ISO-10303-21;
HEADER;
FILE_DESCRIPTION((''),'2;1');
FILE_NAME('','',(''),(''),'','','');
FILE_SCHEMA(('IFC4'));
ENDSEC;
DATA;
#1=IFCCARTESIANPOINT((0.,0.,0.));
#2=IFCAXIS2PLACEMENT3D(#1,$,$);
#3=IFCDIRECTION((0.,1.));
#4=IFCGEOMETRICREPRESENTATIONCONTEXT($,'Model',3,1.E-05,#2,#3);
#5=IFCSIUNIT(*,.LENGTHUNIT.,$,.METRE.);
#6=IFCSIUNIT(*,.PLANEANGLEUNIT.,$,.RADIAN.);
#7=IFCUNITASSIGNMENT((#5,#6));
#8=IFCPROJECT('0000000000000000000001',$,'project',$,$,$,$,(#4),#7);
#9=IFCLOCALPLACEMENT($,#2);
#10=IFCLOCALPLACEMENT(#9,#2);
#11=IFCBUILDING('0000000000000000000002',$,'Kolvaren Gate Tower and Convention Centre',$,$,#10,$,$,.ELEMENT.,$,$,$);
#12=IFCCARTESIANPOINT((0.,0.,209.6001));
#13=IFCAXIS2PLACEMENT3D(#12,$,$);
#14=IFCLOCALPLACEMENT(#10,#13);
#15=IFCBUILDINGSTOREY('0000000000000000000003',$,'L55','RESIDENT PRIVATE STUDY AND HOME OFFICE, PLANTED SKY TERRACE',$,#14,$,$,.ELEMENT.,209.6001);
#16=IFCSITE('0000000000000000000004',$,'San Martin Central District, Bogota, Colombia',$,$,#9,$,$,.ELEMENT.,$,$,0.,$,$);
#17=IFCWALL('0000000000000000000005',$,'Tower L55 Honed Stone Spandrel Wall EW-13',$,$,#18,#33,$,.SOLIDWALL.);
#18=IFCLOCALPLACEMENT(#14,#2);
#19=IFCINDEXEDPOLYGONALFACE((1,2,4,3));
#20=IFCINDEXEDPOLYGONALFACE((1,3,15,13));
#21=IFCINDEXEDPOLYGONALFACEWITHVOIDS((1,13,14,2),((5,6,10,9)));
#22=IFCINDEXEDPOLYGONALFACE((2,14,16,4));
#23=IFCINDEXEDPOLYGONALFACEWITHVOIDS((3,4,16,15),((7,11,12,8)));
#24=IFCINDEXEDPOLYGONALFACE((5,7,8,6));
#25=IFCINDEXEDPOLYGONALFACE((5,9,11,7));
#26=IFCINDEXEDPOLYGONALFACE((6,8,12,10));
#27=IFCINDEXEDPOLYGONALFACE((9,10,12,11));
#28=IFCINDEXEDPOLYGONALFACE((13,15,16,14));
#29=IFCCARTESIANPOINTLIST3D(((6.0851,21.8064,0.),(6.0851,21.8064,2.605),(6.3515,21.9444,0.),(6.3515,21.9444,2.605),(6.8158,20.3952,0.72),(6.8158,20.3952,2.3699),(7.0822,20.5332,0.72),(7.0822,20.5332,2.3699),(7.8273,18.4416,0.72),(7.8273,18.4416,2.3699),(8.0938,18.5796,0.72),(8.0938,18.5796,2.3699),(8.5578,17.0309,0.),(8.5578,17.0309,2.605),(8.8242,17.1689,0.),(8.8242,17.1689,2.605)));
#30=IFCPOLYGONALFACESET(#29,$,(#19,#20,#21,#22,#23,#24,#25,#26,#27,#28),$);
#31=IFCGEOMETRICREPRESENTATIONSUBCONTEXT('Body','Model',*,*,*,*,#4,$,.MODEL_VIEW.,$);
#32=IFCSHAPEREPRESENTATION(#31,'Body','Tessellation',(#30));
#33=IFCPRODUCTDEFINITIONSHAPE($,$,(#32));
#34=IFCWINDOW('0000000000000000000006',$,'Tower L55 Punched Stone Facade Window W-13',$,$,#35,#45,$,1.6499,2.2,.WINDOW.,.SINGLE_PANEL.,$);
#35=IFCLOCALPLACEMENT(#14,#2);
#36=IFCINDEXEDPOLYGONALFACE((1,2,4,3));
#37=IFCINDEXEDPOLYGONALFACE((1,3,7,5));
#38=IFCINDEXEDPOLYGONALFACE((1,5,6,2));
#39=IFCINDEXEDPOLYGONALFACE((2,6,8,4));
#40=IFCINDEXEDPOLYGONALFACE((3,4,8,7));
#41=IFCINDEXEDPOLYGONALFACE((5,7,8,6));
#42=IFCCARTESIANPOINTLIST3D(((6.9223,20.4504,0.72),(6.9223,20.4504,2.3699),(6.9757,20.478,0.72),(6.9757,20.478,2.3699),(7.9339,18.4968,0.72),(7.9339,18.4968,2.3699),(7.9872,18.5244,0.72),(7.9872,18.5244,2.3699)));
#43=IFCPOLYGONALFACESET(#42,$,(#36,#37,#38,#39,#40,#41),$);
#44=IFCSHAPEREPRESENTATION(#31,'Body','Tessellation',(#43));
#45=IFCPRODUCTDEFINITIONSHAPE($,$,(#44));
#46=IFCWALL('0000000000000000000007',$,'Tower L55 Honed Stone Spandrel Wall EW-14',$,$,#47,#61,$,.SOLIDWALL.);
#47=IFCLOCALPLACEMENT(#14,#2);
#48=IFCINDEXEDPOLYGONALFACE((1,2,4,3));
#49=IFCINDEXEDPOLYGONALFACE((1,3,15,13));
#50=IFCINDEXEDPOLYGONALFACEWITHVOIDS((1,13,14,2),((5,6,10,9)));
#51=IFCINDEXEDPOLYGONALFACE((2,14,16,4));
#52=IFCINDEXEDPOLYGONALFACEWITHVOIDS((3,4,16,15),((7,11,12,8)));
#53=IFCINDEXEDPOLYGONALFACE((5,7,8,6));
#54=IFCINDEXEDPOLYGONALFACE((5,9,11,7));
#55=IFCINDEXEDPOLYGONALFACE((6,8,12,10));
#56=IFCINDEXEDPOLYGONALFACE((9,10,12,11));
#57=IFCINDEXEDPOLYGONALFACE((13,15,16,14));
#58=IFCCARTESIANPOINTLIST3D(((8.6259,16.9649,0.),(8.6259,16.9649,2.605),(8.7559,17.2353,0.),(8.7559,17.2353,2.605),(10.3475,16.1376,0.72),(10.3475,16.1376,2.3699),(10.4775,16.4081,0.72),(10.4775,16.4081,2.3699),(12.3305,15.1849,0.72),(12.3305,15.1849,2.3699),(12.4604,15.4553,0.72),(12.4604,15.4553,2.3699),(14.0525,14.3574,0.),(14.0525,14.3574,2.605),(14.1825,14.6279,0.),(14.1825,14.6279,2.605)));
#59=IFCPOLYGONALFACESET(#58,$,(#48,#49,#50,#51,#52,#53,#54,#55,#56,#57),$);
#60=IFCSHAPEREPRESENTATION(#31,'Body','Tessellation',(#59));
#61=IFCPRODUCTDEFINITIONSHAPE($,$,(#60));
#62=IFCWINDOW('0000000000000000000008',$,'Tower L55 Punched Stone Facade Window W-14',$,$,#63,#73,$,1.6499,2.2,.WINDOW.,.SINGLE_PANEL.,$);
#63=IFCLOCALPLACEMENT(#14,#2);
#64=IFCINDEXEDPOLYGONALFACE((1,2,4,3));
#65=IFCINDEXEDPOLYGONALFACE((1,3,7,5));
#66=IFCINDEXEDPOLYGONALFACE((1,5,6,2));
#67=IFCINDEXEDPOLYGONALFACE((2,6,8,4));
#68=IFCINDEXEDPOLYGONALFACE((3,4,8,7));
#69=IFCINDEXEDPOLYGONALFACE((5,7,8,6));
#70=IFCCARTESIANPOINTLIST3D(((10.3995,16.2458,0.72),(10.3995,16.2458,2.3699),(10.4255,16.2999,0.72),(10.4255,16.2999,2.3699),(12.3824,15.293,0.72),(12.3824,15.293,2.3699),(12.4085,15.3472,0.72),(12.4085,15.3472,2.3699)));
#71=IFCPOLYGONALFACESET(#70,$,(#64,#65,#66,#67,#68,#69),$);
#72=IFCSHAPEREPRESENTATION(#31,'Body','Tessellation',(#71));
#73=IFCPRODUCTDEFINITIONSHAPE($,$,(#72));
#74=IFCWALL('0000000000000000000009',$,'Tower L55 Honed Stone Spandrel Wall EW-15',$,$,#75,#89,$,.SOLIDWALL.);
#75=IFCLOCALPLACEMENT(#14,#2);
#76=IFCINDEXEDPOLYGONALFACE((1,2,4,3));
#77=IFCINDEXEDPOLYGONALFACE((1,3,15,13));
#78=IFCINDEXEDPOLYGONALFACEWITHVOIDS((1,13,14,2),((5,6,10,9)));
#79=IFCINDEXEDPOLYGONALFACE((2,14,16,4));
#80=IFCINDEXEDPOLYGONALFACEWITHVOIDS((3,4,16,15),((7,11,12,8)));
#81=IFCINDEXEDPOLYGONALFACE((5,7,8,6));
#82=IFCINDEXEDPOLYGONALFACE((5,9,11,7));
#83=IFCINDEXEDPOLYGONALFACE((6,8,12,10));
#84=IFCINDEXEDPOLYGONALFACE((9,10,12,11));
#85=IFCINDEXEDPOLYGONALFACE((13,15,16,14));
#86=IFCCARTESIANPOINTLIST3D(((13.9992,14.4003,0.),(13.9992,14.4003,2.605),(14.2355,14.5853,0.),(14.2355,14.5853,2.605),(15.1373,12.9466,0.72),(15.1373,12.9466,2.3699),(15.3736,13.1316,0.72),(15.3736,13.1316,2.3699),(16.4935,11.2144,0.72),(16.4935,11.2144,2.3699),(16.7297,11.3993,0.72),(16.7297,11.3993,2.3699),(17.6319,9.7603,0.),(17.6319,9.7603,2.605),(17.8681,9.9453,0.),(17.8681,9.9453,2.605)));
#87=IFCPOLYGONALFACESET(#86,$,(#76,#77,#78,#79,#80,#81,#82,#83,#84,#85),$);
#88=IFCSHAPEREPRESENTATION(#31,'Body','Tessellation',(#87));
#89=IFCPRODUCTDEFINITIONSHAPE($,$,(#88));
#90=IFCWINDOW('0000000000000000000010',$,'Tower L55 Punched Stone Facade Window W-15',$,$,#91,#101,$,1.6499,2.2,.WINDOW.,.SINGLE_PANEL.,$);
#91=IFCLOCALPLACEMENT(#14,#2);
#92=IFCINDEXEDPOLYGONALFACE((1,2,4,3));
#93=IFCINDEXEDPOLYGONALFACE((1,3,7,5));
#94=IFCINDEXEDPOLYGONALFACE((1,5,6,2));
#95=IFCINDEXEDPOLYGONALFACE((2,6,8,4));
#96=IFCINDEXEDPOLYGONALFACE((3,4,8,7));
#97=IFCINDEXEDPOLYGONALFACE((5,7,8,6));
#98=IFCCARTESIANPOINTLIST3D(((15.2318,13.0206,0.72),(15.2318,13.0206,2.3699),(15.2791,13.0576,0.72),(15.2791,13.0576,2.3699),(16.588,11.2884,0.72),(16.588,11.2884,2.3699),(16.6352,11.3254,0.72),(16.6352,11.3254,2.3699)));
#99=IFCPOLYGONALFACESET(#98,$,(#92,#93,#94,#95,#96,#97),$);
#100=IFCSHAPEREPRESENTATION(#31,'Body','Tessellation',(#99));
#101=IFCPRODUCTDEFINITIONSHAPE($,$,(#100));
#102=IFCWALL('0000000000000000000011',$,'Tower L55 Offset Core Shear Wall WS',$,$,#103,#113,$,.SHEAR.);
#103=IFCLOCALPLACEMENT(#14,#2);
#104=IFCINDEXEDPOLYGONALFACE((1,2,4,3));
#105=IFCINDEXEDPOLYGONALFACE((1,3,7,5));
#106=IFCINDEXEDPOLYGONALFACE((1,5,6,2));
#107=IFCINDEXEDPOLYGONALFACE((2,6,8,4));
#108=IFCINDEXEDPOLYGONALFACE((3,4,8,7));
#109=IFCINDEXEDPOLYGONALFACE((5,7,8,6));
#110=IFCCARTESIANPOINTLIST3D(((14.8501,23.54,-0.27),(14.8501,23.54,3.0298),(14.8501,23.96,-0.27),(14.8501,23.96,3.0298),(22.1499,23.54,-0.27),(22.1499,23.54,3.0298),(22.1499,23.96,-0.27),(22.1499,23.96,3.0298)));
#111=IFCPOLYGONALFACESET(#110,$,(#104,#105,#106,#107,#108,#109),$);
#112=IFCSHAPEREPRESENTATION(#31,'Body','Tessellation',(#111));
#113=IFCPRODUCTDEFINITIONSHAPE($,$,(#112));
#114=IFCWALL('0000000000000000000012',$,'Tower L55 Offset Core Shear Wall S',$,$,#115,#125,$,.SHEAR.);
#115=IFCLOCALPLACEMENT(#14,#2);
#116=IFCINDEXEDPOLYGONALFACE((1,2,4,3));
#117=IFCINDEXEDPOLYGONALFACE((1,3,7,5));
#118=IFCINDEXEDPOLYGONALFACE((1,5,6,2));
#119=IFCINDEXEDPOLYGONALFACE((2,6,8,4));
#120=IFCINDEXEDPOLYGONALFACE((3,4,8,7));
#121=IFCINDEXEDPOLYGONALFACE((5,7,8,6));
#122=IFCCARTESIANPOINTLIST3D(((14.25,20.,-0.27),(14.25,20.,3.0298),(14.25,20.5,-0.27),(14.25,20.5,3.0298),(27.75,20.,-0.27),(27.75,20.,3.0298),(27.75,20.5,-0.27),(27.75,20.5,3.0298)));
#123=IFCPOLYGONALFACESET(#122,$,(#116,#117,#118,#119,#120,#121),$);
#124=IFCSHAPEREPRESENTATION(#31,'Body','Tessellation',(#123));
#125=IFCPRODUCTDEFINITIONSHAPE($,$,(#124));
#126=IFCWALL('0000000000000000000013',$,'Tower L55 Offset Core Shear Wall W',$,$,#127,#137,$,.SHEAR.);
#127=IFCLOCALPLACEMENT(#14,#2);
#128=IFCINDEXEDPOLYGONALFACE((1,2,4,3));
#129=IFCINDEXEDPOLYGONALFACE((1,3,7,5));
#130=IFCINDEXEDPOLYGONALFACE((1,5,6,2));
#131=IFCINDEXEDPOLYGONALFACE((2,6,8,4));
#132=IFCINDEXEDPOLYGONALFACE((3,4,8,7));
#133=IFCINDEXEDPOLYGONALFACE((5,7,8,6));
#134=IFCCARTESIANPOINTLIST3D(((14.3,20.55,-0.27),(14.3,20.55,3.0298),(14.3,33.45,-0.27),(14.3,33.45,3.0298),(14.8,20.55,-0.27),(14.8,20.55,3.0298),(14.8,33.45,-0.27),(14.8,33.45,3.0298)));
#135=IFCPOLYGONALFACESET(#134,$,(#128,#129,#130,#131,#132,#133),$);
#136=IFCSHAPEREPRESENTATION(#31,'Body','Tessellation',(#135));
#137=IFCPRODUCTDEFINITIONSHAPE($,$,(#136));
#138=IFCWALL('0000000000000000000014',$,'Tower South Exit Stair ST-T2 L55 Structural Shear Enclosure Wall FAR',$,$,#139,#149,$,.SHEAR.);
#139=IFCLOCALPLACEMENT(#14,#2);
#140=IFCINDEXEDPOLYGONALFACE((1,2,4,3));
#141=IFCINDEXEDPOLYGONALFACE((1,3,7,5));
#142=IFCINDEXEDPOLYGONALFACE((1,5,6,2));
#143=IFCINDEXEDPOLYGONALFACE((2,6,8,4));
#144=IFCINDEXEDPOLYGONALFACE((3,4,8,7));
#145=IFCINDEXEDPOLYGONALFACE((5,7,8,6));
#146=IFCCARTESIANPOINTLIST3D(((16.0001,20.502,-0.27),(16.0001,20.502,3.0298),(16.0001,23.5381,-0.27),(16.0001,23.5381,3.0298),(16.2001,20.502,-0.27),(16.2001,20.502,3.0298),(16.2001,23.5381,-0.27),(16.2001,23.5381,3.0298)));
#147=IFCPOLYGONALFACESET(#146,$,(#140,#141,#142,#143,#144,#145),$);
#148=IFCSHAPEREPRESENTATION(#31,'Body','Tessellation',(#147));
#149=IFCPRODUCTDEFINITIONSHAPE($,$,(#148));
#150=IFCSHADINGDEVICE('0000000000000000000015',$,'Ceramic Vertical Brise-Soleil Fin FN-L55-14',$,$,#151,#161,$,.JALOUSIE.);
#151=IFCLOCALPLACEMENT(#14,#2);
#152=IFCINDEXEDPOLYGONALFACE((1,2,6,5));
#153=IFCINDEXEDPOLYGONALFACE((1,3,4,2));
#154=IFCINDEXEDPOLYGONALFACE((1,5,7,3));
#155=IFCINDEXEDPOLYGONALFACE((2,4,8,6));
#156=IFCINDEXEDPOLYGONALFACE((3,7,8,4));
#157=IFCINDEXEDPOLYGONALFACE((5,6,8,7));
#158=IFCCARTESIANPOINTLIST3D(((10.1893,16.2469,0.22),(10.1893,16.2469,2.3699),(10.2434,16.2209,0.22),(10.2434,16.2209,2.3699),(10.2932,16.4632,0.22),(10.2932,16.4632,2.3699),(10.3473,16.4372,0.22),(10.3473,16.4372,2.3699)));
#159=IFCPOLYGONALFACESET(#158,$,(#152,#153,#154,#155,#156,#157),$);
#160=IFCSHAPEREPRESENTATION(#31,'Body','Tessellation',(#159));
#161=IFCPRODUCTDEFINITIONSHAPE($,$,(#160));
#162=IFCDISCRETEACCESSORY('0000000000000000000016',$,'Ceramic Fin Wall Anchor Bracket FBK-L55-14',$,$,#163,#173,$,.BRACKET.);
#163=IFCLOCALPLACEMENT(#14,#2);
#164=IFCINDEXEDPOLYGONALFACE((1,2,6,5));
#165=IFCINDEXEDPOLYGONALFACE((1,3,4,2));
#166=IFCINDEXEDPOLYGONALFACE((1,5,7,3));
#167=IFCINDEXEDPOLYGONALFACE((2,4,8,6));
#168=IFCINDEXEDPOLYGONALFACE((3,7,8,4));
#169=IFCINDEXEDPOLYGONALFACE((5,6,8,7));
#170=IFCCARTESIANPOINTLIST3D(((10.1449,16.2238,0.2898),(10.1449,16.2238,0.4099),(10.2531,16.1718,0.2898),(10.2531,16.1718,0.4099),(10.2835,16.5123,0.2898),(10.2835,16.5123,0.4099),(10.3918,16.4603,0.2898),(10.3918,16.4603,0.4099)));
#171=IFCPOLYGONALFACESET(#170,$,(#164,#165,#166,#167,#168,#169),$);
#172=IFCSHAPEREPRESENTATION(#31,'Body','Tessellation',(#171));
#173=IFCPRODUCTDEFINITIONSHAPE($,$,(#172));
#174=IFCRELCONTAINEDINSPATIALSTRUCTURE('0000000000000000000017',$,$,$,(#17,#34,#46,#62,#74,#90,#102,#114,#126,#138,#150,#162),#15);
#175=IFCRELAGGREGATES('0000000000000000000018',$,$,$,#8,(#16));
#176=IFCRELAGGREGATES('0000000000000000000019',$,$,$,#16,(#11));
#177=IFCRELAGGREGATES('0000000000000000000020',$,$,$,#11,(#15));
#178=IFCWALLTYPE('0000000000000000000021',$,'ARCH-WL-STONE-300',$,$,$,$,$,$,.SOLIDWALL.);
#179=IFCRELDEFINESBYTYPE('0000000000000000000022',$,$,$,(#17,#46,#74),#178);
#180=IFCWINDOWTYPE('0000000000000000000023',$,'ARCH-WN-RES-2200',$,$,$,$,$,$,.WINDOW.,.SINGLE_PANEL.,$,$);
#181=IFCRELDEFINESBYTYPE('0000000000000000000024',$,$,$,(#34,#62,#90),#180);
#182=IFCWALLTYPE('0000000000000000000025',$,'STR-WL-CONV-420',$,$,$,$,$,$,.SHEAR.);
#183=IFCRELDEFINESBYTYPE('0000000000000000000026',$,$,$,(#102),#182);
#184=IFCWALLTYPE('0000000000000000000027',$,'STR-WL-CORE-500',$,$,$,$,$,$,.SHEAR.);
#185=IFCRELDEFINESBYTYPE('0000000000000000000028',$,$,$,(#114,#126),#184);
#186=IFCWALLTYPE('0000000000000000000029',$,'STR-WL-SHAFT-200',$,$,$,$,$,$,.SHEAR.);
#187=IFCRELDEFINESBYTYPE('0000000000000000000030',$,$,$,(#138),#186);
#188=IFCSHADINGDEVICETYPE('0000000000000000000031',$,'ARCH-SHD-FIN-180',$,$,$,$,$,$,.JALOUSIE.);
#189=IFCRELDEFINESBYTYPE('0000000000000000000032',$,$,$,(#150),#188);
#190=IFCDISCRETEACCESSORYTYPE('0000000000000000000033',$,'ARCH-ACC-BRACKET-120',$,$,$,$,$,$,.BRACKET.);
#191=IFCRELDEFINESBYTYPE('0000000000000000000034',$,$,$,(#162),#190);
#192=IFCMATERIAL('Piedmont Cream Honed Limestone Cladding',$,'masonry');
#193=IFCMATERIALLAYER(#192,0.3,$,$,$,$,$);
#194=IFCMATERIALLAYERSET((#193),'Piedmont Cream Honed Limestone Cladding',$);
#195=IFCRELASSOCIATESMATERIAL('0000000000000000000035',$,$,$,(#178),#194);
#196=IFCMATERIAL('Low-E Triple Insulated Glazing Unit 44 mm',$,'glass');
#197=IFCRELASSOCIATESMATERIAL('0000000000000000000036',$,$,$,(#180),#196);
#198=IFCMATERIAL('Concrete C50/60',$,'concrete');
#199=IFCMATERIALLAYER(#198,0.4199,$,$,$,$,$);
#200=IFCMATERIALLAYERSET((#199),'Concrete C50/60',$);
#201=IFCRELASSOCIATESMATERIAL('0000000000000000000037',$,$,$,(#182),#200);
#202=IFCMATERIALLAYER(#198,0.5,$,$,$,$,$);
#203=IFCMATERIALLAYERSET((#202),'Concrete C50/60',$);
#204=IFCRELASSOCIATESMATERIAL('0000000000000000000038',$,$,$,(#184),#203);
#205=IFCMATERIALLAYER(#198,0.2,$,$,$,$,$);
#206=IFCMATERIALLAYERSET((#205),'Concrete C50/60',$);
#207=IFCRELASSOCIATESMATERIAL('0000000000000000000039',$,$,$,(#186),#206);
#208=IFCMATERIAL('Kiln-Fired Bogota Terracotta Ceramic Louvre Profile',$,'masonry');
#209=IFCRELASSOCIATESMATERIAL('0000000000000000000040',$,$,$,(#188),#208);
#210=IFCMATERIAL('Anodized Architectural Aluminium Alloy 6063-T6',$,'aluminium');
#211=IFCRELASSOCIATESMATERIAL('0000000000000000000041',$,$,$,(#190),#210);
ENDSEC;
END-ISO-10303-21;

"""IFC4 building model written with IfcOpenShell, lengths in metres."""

from ifc_helpers import new_model, si_unit, direction, frame, frame_2d, origin, origin_2d, place, context, subcontext, project, spatial, rectangle, extrude, material, layer, layer_set, type_object, element, fill, save


model = new_model("IFC4")

# Units and contexts
model_context = context("Model", 3, precision=1e-05, world=origin(), true_north=direction((0.0, 1.0)))
body_context = subcontext(model_context, "Body", "Model", "MODEL_VIEW")
ifc_project = project(units=[si_unit("LENGTHUNIT", "METRE"), si_unit("PLANEANGLEUNIT", "RADIAN")], contexts=[model_context])

# Site, building, storey
site_placement = place(None, origin())
site = spatial("IfcSite", under=ifc_project, at=site_placement, Name="San Martin Central District, Bogota, Colombia", CompositionType="ELEMENT", RefElevation=0.0)
building_placement = place(site_placement, origin())
building = spatial("IfcBuilding", under=site, at=building_placement, Name="Kolvaren Gate Tower and Convention Centre", CompositionType="ELEMENT")
storey_placement = place(building_placement, frame((0.0, 0.0, 209.6001)))
storey = spatial("IfcBuildingStorey", under=building, at=storey_placement, Name="L55", Description="RESIDENT PRIVATE STUDY AND HOME OFFICE, PLANTED SKY TERRACE", CompositionType="ELEMENT", Elevation=209.6001)

# Walls, openings, windows
ifc_material_1 = material(Name="Piedmont Cream Honed Limestone Cladding", Category="masonry")
ifc_layer_1 = layer(ifc_material_1, 0.3)
ifc_layer_set_1 = layer_set([ifc_layer_1], Name="Piedmont Cream Honed Limestone Cladding")
wall_type_1 = type_object("IfcWallType", Name="ARCH-WL-STONE-300", PredefinedType="SOLIDWALL", material=ifc_layer_set_1)
wall_1_placement = place(storey_placement, frame((6.2183, 21.8755, 0.0), z_axis=(0.0, 0.0, 1.0), x_axis=(0.459808, -0.888018, 0.0)))
wall_1 = element("IfcWall", 1, at=wall_1_placement, inside=storey, type_object=wall_type_1, Name="Tower L55 Honed Stone Spandrel Wall EW-13", PredefinedType="SOLIDWALL", context=body_context, shape_type="SweptSolid", body=[
    extrude(rectangle(XDim=5.3777, YDim=0.3, at=frame_2d((2.689, 0.0))), origin(), (0.0, 0.0, 1.0), 2.605),
])
opening_1_placement = place(wall_1_placement, frame((1.5891, 0.0, 0.72)))
opening_1 = element("IfcOpeningElement", 2, at=opening_1_placement, cuts=wall_1, PredefinedType="OPENING", context=body_context, shape_type="SweptSolid", body=[
    extrude(rectangle(XDim=2.2, YDim=1.6499, at=frame_2d((1.1001, 0.825))), frame((0.0, 0.1599, 0.0), z_axis=(0.0, -1.0, 0.0), x_axis=(1.0, 0.0, 0.0)), (0.0, 0.0, 1.0), 0.3201),
])
ifc_material_2 = material(Name="Low-E Triple Insulated Glazing Unit 44 mm", Category="glass")
window_type = type_object("IfcWindowType", Name="ARCH-WN-RES-2200", PartitioningType="SINGLE_PANEL", PredefinedType="WINDOW", material=ifc_material_2)
window_1_placement = place(opening_1_placement, origin())
window_1 = element("IfcWindow", 3, at=window_1_placement, inside=storey, type_object=window_type, Name="Tower L55 Punched Stone Facade Window W-13", OverallHeight=1.6499, OverallWidth=2.2, PartitioningType="SINGLE_PANEL", PredefinedType="WINDOW", context=body_context, shape_type="SweptSolid", body=[
    extrude(rectangle(XDim=2.2, YDim=1.6499, at=frame_2d((1.1001, 0.825))), frame((0.0, 0.03, 0.0), z_axis=(0.0, -1.0, 0.0), x_axis=(1.0, 0.0, 0.0)), (0.0, 0.0, 1.0), 0.0601),
])
fill(opening_1, window_1)
wall_2_placement = place(storey_placement, frame((8.6909, 17.1001, 0.0), z_axis=(0.0, 0.0, 1.0), x_axis=(0.901348, -0.433095, 0.0)))
wall_2 = element("IfcWall", 4, at=wall_2_placement, inside=storey, type_object=wall_type_1, Name="Tower L55 Honed Stone Spandrel Wall EW-14", PredefinedType="SOLIDWALL", context=body_context, shape_type="SweptSolid", body=[
    extrude(rectangle(XDim=6.0205, YDim=0.3, at=frame_2d((3.0103, 0.0))), origin(), (0.0, 0.0, 1.0), 2.605),
])
opening_2_placement = place(wall_2_placement, frame((1.9099, 0.0, 0.72)))
opening_2 = element("IfcOpeningElement", 5, at=opening_2_placement, cuts=wall_2, PredefinedType="OPENING", context=body_context, shape_type="SweptSolid", body=[
    extrude(rectangle(XDim=2.2, YDim=1.6499, at=frame_2d((1.1001, 0.825))), frame((0.0, 0.1599, 0.0), z_axis=(0.0, -1.0, 0.0), x_axis=(1.0, 0.0, 0.0)), (0.0, 0.0, 1.0), 0.3201),
])
window_2_placement = place(opening_2_placement, origin())
window_2 = element("IfcWindow", 6, at=window_2_placement, inside=storey, type_object=window_type, Name="Tower L55 Punched Stone Facade Window W-14", OverallHeight=1.6499, OverallWidth=2.2, PartitioningType="SINGLE_PANEL", PredefinedType="WINDOW", context=body_context, shape_type="SweptSolid", body=[
    extrude(rectangle(XDim=2.2, YDim=1.6499, at=frame_2d((1.1001, 0.825))), frame((0.0, 0.03, 0.0), z_axis=(0.0, -1.0, 0.0), x_axis=(1.0, 0.0, 0.0)), (0.0, 0.0, 1.0), 0.0601),
])
fill(opening_2, window_2)
wall_3_placement = place(storey_placement, frame((14.1174, 14.4927, 0.0), z_axis=(0.0, 0.0, 1.0), x_axis=(0.61645, -0.787394, 0.0)))
wall_3 = element("IfcWall", 7, at=wall_3_placement, inside=storey, type_object=wall_type_1, Name="Tower L55 Honed Stone Spandrel Wall EW-15", PredefinedType="SOLIDWALL", context=body_context, shape_type="SweptSolid", body=[
    extrude(rectangle(XDim=5.8928, YDim=0.3, at=frame_2d((2.9463, 0.0))), origin(), (0.0, 0.0, 1.0), 2.605),
])
opening_3_placement = place(wall_3_placement, frame((1.8459, 0.0, 0.72)))
opening_3 = element("IfcOpeningElement", 8, at=opening_3_placement, cuts=wall_3, PredefinedType="OPENING", context=body_context, shape_type="SweptSolid", body=[
    extrude(rectangle(XDim=2.2, YDim=1.6499, at=frame_2d((1.1001, 0.825))), frame((0.0, 0.1599, 0.0), z_axis=(0.0, -1.0, 0.0), x_axis=(1.0, 0.0, 0.0)), (0.0, 0.0, 1.0), 0.3201),
])
window_3_placement = place(opening_3_placement, origin())
window_3 = element("IfcWindow", 9, at=window_3_placement, inside=storey, type_object=window_type, Name="Tower L55 Punched Stone Facade Window W-15", OverallHeight=1.6499, OverallWidth=2.2, PartitioningType="SINGLE_PANEL", PredefinedType="WINDOW", context=body_context, shape_type="SweptSolid", body=[
    extrude(rectangle(XDim=2.2, YDim=1.6499, at=frame_2d((1.1001, 0.825))), frame((0.0, 0.03, 0.0), z_axis=(0.0, -1.0, 0.0), x_axis=(1.0, 0.0, 0.0)), (0.0, 0.0, 1.0), 0.0601),
])
fill(opening_3, window_3)

# Walls
ifc_material_3 = material(Name="Concrete C50/60", Category="concrete")
ifc_layer_2 = layer(ifc_material_3, 0.4199)
ifc_layer_set_2 = layer_set([ifc_layer_2], Name="Concrete C50/60")
wall_type_2 = type_object("IfcWallType", Name="STR-WL-CONV-420", PredefinedType="SHEAR", material=ifc_layer_set_2)
wall_4_placement = place(storey_placement, frame((14.8501, 23.75, -0.27), z_axis=(0.0, 0.0, 1.0), x_axis=(1.0, 0.0, 0.0)))
element("IfcWall", 10, at=wall_4_placement, inside=storey, type_object=wall_type_2, Name="Tower L55 Offset Core Shear Wall WS", PredefinedType="SHEAR", context=body_context, shape_type="SweptSolid", body=[
    extrude(rectangle(XDim=7.2998, YDim=0.4199, at=frame_2d((3.6499, 0.0))), origin(), (0.0, 0.0, 1.0), 3.2998),
])
ifc_layer_3 = layer(ifc_material_3, 0.5)
ifc_layer_set_3 = layer_set([ifc_layer_3], Name="Concrete C50/60")
wall_type_3 = type_object("IfcWallType", Name="STR-WL-CORE-500", PredefinedType="SHEAR", material=ifc_layer_set_3)
wall_5_placement = place(storey_placement, frame((14.25, 20.25, -0.27), z_axis=(0.0, 0.0, 1.0), x_axis=(1.0, 0.0, 0.0)))
element("IfcWall", 11, at=wall_5_placement, inside=storey, type_object=wall_type_3, Name="Tower L55 Offset Core Shear Wall S", PredefinedType="SHEAR", context=body_context, shape_type="SweptSolid", body=[
    extrude(rectangle(XDim=13.5, YDim=0.5, at=frame_2d((6.75, 0.0))), origin(), (0.0, 0.0, 1.0), 3.2998),
])
wall_6_placement = place(storey_placement, frame((14.55, 20.55, -0.27), z_axis=(0.0, 0.0, 1.0), x_axis=(0.0, 1.0, 0.0)))
element("IfcWall", 12, at=wall_6_placement, inside=storey, type_object=wall_type_3, Name="Tower L55 Offset Core Shear Wall W", PredefinedType="SHEAR", context=body_context, shape_type="SweptSolid", body=[
    extrude(rectangle(XDim=12.8999, YDim=0.5, at=frame_2d((6.45, 0.0))), origin(), (0.0, 0.0, 1.0), 3.2998),
])
ifc_layer_4 = layer(ifc_material_3, 0.2)
ifc_layer_set_4 = layer_set([ifc_layer_4], Name="Concrete C50/60")
wall_type_4 = type_object("IfcWallType", Name="STR-WL-SHAFT-200", PredefinedType="SHEAR", material=ifc_layer_set_4)
wall_7_placement = place(storey_placement, frame((16.1001, 20.502, -0.27), z_axis=(0.0, 0.0, 1.0), x_axis=(0.0, 1.0, 0.0)))
element("IfcWall", 13, at=wall_7_placement, inside=storey, type_object=wall_type_4, Name="Tower South Exit Stair ST-T2 L55 Structural Shear Enclosure Wall FAR", PredefinedType="SHEAR", context=body_context, shape_type="SweptSolid", body=[
    extrude(rectangle(XDim=3.0361, YDim=0.2, at=frame_2d((1.5181, 0.0))), origin(), (0.0, 0.0, 1.0), 3.2998),
])

# Shading device
ifc_material_4 = material(Name="Kiln-Fired Bogota Terracotta Ceramic Louvre Profile", Category="masonry")
shading_device_type = type_object("IfcShadingDeviceType", Name="ARCH-SHD-FIN-180", PredefinedType="JALOUSIE", material=ifc_material_4)
shading_device_placement = place(storey_placement, frame((10.2683, 16.342, 0.22), z_axis=(0.0, 0.0, 1.0), x_axis=(0.901359, -0.433072, 0.0)))
element("IfcShadingDevice", 14, at=shading_device_placement, inside=storey, type_object=shading_device_type, Name="Ceramic Vertical Brise-Soleil Fin FN-L55-14", PredefinedType="JALOUSIE", context=body_context, shape_type="SweptSolid", body=[
    extrude(rectangle(XDim=0.0601, YDim=0.24, at=origin_2d()), origin(), (0.0, 0.0, 1.0), 2.1499),
])

# Discrete accessory
ifc_material_5 = material(Name="Anodized Architectural Aluminium Alloy 6063-T6", Category="aluminium")
discrete_accessory_type = type_object("IfcDiscreteAccessoryType", Name="ARCH-ACC-BRACKET-120", PredefinedType="BRACKET", material=ifc_material_5)
discrete_accessory_placement = place(storey_placement, frame((10.2683, 16.342, 0.2898), z_axis=(0.0, 0.0, 1.0), x_axis=(0.901359, -0.433072, 0.0)))
element("IfcDiscreteAccessory", 15, at=discrete_accessory_placement, inside=storey, type_object=discrete_accessory_type, Name="Ceramic Fin Wall Anchor Bracket FBK-L55-14", PredefinedType="BRACKET", context=body_context, shape_type="SweptSolid", body=[
    extrude(rectangle(XDim=0.1201, YDim=0.3201, at=origin_2d()), origin(), (0.0, 0.0, 1.0), 0.1201),
])

save(model, "model.ifc")
